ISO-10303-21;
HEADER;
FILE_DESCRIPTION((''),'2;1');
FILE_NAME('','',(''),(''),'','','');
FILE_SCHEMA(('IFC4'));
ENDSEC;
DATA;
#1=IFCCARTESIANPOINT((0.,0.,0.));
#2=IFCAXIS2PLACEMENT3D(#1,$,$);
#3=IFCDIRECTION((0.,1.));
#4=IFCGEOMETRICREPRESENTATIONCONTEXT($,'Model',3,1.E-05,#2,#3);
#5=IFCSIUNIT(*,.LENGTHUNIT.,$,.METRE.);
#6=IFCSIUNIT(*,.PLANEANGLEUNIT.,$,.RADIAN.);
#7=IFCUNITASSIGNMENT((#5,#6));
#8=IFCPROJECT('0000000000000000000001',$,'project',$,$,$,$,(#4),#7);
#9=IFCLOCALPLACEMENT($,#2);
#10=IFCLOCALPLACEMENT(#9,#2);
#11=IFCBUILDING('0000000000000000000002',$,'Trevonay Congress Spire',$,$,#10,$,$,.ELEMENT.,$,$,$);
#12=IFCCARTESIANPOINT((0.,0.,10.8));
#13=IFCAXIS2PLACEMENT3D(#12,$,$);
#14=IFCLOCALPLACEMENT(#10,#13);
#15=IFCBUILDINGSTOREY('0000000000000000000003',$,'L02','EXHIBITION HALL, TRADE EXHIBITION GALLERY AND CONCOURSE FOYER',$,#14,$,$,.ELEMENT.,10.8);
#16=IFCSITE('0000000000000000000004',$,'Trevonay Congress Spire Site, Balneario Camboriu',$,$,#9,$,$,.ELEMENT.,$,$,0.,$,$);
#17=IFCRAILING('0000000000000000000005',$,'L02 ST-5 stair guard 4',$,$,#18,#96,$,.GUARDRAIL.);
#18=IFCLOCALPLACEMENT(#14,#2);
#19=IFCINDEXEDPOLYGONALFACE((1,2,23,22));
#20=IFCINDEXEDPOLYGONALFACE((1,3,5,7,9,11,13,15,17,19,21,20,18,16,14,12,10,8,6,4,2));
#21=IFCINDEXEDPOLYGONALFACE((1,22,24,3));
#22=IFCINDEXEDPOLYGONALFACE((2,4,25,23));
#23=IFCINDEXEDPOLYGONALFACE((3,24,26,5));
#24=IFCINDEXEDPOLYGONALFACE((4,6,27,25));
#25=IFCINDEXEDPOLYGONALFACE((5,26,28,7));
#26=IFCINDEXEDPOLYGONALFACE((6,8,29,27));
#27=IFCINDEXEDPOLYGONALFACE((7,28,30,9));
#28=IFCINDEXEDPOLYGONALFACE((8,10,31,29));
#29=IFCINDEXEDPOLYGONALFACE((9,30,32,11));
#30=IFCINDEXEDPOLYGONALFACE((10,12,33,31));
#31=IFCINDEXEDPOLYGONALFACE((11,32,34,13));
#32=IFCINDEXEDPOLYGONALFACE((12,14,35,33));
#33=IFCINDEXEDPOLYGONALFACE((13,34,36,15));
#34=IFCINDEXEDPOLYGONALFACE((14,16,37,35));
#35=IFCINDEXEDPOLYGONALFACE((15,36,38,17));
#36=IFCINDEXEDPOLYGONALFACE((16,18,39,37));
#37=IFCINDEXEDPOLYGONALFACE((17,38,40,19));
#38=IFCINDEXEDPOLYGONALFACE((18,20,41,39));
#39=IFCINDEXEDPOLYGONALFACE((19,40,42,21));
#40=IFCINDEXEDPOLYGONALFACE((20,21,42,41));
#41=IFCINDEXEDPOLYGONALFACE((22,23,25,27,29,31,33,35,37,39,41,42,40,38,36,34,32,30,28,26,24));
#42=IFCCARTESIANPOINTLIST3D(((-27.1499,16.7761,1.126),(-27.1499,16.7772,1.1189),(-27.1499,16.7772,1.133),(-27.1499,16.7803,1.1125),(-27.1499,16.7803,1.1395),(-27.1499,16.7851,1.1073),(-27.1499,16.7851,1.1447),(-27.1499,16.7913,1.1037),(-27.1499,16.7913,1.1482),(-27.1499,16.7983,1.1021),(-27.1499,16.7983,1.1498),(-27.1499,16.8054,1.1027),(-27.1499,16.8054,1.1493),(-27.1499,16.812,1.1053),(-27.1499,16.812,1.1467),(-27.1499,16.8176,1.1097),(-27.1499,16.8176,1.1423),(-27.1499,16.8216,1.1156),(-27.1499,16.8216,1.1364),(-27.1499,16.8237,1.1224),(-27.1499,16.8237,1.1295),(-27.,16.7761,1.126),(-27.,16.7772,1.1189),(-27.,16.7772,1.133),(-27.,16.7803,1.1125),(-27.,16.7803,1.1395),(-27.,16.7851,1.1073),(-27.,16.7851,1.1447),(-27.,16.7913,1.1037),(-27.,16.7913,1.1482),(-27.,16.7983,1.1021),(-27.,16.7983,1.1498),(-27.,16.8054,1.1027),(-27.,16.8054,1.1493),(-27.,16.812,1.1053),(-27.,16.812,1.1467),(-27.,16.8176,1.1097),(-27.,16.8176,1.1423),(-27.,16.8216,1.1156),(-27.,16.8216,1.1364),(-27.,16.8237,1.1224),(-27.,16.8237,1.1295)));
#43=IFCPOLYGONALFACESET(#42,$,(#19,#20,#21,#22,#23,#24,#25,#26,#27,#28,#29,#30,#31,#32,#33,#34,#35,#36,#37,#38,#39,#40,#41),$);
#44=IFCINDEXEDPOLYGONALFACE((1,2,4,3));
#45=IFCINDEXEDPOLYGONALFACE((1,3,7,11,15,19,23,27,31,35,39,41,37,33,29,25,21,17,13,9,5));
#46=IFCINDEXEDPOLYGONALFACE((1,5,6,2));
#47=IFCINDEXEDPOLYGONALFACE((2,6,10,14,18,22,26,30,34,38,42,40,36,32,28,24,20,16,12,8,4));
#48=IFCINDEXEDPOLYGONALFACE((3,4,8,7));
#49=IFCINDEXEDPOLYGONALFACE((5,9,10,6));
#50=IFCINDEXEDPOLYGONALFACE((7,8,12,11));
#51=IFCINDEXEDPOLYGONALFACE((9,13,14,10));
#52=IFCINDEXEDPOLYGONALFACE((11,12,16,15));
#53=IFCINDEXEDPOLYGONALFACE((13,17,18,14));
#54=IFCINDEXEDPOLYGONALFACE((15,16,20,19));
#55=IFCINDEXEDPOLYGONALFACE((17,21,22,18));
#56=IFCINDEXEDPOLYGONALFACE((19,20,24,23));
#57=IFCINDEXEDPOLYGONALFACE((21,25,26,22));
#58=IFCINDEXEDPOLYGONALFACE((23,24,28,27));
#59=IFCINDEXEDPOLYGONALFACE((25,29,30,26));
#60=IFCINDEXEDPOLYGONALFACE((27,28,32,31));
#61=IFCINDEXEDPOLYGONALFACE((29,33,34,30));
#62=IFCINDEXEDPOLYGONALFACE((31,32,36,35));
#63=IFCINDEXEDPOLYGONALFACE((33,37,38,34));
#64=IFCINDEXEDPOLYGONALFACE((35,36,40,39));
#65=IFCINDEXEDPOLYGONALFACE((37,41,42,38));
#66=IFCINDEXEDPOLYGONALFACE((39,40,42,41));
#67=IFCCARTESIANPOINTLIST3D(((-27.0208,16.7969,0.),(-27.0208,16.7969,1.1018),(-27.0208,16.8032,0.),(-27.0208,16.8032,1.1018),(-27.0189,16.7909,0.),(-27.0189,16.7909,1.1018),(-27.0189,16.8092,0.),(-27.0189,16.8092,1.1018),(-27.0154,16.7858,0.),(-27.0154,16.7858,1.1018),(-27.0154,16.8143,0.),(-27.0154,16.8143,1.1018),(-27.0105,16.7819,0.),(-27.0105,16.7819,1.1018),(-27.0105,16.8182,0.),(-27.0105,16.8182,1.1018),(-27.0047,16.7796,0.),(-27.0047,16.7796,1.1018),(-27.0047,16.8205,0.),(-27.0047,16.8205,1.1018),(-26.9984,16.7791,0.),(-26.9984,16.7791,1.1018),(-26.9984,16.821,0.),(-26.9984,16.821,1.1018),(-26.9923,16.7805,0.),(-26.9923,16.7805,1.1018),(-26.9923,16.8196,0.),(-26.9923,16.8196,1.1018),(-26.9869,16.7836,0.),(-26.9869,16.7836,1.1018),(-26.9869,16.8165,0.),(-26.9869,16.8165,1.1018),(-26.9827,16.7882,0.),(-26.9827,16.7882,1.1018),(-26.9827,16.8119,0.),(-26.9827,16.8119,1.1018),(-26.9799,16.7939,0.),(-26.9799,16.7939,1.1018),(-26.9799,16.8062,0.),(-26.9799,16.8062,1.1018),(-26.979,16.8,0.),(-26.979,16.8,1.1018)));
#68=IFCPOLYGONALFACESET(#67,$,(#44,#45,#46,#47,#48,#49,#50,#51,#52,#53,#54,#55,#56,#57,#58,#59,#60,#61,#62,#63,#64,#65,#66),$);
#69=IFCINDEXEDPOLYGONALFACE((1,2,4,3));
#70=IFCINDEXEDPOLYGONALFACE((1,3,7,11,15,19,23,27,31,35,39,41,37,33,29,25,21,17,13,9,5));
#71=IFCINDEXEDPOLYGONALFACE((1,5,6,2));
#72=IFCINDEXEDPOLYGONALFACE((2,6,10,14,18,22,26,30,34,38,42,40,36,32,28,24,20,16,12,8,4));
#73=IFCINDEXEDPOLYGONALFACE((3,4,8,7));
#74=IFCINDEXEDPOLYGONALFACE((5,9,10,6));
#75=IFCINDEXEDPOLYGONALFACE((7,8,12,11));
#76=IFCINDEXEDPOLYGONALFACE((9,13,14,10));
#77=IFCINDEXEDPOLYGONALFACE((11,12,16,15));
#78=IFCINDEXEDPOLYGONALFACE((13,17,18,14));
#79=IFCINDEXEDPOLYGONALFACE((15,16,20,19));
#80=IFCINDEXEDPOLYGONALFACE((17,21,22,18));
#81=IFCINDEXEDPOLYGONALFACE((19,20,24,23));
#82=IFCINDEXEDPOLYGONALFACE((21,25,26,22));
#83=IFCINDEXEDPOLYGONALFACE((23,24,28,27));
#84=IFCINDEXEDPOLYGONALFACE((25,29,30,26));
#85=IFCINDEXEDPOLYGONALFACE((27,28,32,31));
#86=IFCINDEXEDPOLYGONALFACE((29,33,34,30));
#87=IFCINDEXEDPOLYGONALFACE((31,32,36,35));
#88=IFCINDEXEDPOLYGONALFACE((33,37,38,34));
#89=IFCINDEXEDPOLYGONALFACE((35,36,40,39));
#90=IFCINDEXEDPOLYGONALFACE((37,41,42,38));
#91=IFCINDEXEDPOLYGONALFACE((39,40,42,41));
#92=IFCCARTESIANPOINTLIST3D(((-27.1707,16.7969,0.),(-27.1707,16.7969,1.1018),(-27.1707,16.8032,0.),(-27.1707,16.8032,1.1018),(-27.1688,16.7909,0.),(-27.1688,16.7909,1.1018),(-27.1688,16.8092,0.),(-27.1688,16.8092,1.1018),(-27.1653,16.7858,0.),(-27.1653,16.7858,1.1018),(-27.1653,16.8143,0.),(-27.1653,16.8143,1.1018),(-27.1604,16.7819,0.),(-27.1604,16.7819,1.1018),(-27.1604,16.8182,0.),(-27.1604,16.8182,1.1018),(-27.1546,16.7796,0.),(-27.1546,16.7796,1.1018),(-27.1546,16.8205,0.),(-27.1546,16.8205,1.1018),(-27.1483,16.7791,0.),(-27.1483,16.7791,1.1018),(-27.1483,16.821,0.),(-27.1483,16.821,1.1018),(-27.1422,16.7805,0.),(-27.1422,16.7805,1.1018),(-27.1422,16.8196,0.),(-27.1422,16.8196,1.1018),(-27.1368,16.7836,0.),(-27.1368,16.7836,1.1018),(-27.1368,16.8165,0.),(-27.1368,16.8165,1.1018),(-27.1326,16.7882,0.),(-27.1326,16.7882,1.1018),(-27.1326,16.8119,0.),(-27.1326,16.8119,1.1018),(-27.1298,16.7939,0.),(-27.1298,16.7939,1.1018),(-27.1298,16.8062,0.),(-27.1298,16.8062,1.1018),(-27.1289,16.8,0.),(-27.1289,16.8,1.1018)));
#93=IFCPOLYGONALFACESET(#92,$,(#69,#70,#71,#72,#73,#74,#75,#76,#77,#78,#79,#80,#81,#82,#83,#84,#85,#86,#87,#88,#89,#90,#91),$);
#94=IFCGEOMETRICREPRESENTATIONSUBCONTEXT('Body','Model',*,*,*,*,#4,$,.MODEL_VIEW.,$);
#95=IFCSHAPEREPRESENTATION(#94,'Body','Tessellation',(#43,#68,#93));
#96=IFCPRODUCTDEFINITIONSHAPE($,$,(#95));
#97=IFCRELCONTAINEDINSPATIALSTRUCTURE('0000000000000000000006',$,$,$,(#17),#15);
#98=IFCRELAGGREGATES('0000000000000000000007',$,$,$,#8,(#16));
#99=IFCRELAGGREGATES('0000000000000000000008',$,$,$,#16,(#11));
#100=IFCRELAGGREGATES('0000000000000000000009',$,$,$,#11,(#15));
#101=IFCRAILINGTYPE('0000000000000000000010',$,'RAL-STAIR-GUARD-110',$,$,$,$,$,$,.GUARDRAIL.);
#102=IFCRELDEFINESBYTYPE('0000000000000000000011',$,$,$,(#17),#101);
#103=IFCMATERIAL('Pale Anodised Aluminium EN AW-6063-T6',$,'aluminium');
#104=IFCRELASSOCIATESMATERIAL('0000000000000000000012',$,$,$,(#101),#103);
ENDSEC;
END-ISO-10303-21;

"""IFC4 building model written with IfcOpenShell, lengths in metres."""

from ifc_helpers import new_model, si_unit, direction, frame, origin, origin_2d, place, context, subcontext, project, spatial, circle, extrude, material, type_object, element, save


model = new_model("IFC4")

# Units and contexts
model_context = context("Model", 3, precision=1e-05, world=origin(), true_north=direction((0.0, 1.0)))
body_context = subcontext(model_context, "Body", "Model", "MODEL_VIEW")
ifc_project = project(units=[si_unit("LENGTHUNIT", "METRE"), si_unit("PLANEANGLEUNIT", "RADIAN")], contexts=[model_context])

# Site, building, storey
site_placement = place(None, origin())
site = spatial("IfcSite", under=ifc_project, at=site_placement, Name="Trevonay Congress Spire Site, Balneario Camboriu", CompositionType="ELEMENT", RefElevation=0.0)
building_placement = place(site_placement, origin())
building = spatial("IfcBuilding", under=site, at=building_placement, Name="Trevonay Congress Spire", CompositionType="ELEMENT")
storey_placement = place(building_placement, frame((0.0, 0.0, 10.8)))
storey = spatial("IfcBuildingStorey", under=building, at=storey_placement, Name="L02", Description="EXHIBITION HALL, TRADE EXHIBITION GALLERY AND CONCOURSE FOYER", CompositionType="ELEMENT", Elevation=10.8)

# Shared definitions
ifc_material_1 = material(Name="Pale Anodised Aluminium EN AW-6063-T6", Category="aluminium")

# Railing
railing_type_1 = type_object("IfcRailingType", Name="RAL-STAIR-GUARD-110", PredefinedType="GUARDRAIL", material=ifc_material_1)
railing_1_placement = place(storey_placement, frame((-27.0, 16.8, 0.0)))
element("IfcRailing", 1, at=railing_1_placement, inside=storey, type_object=railing_type_1, Name="L02 ST-5 stair guard 4", PredefinedType="GUARDRAIL", context=body_context, shape_type="SweptSolid", body=[
    extrude(circle(Radius=0.0239, at=origin_2d()), frame((0.0, 0.0, 1.126), z_axis=(-1.0, 0.0, 0.0), x_axis=(0.0, -1.0, 0.0)), (0.0, 0.0, 1.0), 0.1499),
    extrude(circle(Radius=0.021, at=origin_2d()), origin(), (0.0, 0.0, 1.0), 1.1018),
    extrude(circle(Radius=0.021, at=origin_2d()), frame((-0.1499, 0.0, 0.0)), (0.0, 0.0, 1.0), 1.1018),
])

save(model, "model.ifc")
